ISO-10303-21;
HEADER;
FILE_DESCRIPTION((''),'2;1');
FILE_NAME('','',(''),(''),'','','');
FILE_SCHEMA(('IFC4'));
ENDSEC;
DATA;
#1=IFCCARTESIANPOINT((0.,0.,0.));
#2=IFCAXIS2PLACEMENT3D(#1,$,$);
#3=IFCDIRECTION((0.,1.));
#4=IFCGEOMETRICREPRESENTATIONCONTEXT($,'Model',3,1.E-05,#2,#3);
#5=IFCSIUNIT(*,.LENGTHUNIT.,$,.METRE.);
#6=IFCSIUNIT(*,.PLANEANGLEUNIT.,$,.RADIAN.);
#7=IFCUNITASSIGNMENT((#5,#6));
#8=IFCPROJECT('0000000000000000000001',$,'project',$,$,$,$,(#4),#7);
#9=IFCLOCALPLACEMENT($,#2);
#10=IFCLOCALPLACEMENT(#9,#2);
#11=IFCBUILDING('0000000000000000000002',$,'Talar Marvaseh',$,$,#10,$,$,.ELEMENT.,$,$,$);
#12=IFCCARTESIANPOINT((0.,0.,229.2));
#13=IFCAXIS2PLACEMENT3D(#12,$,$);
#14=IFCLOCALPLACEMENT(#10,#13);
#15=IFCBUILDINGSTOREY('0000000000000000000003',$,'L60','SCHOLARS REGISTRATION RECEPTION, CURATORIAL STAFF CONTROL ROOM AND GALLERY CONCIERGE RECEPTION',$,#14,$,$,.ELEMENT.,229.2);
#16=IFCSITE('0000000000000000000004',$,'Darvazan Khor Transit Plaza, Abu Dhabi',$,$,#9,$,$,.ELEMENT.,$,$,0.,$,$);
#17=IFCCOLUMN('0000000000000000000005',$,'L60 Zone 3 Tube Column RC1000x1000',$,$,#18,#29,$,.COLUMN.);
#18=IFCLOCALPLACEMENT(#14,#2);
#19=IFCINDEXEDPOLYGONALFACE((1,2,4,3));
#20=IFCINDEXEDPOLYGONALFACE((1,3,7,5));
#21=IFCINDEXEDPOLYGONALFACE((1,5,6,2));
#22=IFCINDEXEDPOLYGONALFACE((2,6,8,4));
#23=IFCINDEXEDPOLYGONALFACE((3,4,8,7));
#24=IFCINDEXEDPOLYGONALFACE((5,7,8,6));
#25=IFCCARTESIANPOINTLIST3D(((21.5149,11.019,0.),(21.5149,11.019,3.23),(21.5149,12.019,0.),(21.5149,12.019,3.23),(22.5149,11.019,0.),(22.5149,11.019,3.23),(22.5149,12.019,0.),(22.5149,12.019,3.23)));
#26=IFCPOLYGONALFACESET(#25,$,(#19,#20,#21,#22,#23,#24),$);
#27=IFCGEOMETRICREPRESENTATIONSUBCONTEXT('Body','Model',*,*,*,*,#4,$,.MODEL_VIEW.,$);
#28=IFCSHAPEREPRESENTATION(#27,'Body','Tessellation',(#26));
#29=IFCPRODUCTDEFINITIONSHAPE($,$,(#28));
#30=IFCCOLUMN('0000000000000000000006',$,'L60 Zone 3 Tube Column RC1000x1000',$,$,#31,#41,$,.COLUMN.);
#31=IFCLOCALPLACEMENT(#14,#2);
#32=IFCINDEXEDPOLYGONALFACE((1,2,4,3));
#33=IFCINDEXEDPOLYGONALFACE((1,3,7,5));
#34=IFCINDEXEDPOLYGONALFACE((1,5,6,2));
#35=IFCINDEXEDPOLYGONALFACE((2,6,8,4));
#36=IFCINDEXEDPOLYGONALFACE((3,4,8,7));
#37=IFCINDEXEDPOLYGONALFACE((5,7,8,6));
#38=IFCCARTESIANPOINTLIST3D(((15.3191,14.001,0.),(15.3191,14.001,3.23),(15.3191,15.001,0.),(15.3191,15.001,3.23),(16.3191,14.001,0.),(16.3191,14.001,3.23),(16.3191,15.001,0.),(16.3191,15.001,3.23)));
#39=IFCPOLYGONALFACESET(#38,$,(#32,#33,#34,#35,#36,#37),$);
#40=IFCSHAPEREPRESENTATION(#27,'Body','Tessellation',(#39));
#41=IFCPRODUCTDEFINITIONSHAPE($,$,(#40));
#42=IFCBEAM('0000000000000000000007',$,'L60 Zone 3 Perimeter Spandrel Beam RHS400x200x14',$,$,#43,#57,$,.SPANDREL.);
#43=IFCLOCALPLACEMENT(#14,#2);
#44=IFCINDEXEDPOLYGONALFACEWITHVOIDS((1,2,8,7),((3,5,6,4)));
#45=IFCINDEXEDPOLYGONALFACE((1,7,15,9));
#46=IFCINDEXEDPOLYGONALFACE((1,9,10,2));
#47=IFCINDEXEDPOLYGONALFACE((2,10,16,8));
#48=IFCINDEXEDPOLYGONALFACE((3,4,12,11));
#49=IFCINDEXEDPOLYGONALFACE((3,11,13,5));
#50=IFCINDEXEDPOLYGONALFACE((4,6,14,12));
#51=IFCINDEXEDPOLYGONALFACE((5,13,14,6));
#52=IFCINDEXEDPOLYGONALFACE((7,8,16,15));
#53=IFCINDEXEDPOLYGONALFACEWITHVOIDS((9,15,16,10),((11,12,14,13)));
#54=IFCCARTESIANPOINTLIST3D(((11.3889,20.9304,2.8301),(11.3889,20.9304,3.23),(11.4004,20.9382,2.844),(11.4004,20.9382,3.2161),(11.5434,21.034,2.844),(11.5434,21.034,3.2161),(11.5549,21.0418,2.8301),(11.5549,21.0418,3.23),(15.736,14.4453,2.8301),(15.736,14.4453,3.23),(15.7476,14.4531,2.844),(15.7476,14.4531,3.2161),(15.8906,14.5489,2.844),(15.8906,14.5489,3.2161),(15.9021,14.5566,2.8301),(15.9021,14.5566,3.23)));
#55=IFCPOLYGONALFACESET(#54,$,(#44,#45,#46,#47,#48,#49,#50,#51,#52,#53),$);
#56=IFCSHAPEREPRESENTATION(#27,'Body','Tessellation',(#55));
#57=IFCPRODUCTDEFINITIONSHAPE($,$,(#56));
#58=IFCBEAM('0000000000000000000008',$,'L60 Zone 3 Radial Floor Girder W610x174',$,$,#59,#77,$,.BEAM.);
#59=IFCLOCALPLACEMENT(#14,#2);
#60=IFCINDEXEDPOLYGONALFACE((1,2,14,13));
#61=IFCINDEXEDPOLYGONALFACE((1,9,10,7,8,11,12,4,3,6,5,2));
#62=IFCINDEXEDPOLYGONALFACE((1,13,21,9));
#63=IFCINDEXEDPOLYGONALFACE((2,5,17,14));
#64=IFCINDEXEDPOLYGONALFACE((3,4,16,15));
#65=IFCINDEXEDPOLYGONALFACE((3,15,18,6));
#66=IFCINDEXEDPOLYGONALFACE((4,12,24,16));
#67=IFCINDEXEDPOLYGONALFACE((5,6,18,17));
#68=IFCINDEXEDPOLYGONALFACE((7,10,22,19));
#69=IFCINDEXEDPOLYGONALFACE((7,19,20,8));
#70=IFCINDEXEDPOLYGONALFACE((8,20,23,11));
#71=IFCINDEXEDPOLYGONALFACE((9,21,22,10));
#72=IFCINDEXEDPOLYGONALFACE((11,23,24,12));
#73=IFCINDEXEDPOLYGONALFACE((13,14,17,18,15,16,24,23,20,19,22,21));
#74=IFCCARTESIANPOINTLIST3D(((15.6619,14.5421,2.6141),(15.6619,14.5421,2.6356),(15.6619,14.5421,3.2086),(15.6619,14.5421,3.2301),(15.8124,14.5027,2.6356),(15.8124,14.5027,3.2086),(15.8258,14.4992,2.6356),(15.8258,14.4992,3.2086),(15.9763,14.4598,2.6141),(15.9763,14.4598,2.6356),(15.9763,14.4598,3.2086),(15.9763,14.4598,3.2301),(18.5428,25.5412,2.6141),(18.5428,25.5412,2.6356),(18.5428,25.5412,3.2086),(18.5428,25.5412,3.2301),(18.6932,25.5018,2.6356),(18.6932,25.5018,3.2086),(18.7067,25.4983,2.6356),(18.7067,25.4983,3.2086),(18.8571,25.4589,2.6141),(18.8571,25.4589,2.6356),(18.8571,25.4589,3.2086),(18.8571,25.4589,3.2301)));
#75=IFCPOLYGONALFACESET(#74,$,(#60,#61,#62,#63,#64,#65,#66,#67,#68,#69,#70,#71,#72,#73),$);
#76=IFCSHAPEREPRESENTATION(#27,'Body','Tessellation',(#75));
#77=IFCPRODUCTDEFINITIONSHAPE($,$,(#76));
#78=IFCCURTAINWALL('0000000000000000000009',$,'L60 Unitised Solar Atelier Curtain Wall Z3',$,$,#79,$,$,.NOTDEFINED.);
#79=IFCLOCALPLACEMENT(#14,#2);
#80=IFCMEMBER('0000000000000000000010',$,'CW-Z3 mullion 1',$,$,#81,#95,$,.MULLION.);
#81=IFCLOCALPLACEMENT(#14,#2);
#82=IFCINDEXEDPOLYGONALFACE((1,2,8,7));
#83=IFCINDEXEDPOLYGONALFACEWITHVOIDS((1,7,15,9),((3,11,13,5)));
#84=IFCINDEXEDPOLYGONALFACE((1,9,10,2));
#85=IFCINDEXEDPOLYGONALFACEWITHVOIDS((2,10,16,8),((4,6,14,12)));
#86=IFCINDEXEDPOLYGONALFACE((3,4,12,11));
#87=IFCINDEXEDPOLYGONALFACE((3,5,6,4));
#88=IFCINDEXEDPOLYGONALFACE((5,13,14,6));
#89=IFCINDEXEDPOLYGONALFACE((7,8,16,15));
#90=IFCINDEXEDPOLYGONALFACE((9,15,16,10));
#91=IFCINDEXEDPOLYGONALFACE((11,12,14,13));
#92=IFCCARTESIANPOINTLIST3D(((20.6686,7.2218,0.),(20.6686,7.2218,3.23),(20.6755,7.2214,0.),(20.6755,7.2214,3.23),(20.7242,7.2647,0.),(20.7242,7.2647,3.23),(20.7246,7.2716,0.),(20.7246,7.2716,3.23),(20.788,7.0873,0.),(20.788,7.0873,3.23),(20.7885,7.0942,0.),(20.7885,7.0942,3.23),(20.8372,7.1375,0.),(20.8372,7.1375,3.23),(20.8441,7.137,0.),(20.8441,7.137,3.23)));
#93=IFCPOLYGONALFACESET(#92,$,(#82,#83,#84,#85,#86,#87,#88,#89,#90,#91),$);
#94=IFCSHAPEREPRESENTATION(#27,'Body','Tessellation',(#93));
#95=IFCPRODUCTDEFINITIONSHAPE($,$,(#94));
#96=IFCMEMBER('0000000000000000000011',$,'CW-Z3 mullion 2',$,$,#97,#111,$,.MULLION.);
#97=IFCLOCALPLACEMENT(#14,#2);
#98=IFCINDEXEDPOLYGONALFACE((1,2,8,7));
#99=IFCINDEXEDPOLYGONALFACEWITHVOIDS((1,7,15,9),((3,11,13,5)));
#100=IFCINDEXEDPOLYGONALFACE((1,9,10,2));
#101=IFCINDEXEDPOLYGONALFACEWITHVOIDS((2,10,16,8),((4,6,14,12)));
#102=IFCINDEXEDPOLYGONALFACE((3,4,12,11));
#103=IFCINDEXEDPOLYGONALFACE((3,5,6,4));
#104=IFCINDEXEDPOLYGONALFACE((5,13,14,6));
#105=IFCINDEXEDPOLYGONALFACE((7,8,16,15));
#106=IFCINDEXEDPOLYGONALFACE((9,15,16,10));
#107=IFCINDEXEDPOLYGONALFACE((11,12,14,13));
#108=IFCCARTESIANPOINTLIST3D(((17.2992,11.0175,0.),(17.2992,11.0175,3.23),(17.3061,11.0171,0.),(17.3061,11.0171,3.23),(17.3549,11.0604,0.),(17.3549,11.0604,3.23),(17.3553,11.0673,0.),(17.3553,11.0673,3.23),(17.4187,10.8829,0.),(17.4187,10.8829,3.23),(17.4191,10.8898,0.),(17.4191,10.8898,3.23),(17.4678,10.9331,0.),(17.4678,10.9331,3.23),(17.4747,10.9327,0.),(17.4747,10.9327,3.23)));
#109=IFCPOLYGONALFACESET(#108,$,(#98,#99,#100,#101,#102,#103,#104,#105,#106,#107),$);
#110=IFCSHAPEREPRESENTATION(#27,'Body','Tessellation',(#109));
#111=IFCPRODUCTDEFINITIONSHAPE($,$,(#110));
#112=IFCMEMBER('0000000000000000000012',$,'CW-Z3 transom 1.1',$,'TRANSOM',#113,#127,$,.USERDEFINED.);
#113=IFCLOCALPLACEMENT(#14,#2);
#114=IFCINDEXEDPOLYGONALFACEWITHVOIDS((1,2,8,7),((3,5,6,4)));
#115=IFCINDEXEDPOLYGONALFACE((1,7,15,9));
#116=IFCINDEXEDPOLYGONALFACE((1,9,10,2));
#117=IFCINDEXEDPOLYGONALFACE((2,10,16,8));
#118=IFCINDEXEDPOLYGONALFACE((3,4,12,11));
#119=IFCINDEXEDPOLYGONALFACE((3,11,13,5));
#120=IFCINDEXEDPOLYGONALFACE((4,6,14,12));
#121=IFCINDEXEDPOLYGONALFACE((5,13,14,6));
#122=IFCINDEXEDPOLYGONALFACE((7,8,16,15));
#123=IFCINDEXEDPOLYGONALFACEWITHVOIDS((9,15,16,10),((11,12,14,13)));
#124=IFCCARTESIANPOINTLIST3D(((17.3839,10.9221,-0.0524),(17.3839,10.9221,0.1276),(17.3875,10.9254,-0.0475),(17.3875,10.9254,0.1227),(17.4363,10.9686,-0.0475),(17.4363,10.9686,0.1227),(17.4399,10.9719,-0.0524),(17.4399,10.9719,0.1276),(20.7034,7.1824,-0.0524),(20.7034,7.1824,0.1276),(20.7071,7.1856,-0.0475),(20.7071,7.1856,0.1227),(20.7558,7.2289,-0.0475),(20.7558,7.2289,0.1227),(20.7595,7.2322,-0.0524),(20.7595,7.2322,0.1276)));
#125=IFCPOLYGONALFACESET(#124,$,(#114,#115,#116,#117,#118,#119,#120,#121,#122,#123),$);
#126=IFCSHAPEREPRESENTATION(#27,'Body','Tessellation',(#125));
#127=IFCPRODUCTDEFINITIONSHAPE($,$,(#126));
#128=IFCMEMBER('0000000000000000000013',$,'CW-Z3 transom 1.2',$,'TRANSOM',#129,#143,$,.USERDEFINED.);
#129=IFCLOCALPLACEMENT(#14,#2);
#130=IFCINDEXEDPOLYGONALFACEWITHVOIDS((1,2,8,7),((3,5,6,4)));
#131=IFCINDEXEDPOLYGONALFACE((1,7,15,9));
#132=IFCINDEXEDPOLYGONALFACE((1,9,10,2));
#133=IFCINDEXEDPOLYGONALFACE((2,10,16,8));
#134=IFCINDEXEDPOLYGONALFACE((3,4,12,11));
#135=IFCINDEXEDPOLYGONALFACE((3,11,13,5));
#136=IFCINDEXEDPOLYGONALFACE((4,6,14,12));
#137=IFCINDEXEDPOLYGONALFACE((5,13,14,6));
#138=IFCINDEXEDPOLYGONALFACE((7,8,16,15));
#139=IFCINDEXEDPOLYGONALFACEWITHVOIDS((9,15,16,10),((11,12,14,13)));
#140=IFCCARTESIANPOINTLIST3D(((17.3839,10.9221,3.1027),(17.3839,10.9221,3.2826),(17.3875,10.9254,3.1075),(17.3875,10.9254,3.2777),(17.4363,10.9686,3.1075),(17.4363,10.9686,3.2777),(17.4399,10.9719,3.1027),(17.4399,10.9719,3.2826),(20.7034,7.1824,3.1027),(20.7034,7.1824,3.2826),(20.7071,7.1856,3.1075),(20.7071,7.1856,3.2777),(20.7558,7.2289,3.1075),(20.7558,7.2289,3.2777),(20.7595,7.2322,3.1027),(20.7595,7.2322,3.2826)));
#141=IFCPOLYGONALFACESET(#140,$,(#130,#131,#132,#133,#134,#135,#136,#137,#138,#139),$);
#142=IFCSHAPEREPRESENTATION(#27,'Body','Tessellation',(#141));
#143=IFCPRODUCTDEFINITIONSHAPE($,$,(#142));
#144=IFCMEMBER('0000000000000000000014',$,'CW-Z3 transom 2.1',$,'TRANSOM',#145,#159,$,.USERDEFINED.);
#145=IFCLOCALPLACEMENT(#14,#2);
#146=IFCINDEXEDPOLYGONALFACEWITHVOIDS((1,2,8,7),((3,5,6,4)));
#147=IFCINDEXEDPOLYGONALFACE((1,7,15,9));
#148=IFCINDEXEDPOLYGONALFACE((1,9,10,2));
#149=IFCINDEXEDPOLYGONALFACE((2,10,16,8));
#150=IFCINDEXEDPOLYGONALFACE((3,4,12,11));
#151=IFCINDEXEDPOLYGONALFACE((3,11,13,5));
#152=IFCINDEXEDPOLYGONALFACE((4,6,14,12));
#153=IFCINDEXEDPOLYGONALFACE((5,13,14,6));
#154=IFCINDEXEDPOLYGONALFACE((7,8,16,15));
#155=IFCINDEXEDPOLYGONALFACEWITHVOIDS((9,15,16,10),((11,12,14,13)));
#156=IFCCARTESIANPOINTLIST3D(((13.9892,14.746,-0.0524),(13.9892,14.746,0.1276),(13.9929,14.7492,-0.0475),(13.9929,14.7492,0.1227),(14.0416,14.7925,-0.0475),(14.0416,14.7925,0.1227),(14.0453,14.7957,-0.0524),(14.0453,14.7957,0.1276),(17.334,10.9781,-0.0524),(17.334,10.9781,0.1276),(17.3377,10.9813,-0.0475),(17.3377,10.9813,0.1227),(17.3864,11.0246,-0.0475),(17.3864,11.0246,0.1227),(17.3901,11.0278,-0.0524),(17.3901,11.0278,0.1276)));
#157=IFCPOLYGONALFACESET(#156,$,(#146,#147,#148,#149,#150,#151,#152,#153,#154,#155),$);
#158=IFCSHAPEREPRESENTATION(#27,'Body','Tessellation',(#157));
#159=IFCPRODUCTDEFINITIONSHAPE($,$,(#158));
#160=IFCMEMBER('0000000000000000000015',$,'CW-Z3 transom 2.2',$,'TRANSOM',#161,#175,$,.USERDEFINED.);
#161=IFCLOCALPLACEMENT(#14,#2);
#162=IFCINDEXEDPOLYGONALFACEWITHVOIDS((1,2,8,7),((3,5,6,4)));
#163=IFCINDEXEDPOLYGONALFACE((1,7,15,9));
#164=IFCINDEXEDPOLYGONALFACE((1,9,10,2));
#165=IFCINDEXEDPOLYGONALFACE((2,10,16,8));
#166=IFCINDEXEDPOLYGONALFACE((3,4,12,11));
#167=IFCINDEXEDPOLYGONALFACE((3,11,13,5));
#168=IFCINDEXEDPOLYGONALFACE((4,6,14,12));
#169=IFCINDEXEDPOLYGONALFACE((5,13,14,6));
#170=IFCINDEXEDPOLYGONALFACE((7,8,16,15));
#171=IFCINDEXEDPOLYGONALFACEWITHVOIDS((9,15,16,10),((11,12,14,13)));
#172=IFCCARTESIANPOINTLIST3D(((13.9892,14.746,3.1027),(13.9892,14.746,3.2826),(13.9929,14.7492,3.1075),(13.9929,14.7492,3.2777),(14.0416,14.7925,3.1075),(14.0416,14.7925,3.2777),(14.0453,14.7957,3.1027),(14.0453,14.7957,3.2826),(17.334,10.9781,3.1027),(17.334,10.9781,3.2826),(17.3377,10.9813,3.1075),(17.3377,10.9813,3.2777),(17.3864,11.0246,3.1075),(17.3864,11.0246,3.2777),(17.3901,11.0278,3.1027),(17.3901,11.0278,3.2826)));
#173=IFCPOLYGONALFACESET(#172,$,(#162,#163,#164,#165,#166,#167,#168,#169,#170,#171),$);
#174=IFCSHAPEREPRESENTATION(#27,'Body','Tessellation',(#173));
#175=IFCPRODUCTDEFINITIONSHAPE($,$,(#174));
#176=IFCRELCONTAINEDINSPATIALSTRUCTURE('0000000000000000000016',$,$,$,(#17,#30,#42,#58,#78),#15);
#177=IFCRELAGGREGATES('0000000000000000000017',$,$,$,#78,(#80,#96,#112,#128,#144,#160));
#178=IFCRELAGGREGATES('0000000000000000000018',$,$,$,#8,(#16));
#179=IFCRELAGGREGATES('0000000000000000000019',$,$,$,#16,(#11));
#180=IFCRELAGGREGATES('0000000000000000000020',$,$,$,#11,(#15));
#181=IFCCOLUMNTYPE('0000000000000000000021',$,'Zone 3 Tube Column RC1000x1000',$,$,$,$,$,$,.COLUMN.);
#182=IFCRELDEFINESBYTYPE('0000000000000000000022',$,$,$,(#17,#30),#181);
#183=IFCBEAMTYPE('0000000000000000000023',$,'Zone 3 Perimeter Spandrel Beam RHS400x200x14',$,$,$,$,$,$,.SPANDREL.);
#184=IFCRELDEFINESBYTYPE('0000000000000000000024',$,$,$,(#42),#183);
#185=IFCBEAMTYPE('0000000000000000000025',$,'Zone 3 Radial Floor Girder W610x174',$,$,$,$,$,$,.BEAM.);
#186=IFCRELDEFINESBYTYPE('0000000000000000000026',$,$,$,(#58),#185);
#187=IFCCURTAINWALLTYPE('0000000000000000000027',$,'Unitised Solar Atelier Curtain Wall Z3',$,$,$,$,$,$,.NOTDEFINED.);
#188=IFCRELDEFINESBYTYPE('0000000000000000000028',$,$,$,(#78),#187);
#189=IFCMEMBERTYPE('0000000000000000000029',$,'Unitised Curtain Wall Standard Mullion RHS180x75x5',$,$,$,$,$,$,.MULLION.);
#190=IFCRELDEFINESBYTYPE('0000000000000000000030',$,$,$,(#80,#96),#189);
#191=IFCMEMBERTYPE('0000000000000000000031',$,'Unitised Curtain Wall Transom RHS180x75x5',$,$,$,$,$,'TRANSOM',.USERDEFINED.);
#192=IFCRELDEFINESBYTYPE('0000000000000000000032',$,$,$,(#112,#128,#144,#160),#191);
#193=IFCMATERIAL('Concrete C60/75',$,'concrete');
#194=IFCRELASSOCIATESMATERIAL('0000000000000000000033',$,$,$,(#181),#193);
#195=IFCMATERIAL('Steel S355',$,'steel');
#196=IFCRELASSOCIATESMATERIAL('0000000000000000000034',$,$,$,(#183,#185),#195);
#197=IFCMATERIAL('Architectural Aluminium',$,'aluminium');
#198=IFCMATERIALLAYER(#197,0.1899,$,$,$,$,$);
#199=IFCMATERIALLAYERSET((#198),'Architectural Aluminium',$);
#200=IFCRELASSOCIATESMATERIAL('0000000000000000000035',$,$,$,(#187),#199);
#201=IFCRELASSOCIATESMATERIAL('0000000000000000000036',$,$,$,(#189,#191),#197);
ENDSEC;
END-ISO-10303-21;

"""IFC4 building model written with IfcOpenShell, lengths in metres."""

from ifc_helpers import new_model, si_unit, direction, frame, origin, origin_2d, place, context, subcontext, project, spatial, rectangle, hollow_rectangle, i_section, extrude, source, transform, mapped, material, layer, layer_set, material_profile, profile_set, type_object, type_shapes, element, aggregate, save


model = new_model("IFC4")

# Units and contexts
model_context = context("Model", 3, precision=1e-05, world=origin(), true_north=direction((0.0, 1.0)))
body_context = subcontext(model_context, "Body", "Model", "MODEL_VIEW")
ifc_project = project(units=[si_unit("LENGTHUNIT", "METRE"), si_unit("PLANEANGLEUNIT", "RADIAN")], contexts=[model_context])

# Site, building, storey
site_placement = place(None, origin())
site = spatial("IfcSite", under=ifc_project, at=site_placement, Name="Darvazan Khor Transit Plaza, Abu Dhabi", CompositionType="ELEMENT", RefElevation=0.0)
building_placement = place(site_placement, origin())
building = spatial("IfcBuilding", under=site, at=building_placement, Name="Talar Marvaseh", CompositionType="ELEMENT")
storey_placement = place(building_placement, frame((0.0, 0.0, 229.2)))
storey = spatial("IfcBuildingStorey", under=building, at=storey_placement, Name="L60", Description="SCHOLARS REGISTRATION RECEPTION, CURATORIAL STAFF CONTROL ROOM AND GALLERY CONCIERGE RECEPTION", CompositionType="ELEMENT", Elevation=229.2)

# Columns
ifc_material_1 = material(Name="Concrete C60/75", Category="concrete")
ifc_material_profile_1 = material_profile(ifc_material_1, rectangle(XDim=1.0, YDim=1.0, at=origin_2d()), Name="RC1000x1000")
ifc_profile_set_1 = profile_set([ifc_material_profile_1], Name="Concrete C60/75")
column_type = type_object("IfcColumnType", Name="Zone 3 Tube Column RC1000x1000", PredefinedType="COLUMN", material=ifc_profile_set_1)
for number, where, z_axis, x_axis, name in (
    (1, (22.0149, 11.519, 0.0), (0.0, 0.0, 1.0), (1.0, 0.0, 0.0), "L60 Zone 3 Tube Column RC1000x1000"),
    (2, (15.8191, 14.501, 0.0), (0.0, 0.0, 1.0), (1.0, 0.0, 0.0), "L60 Zone 3 Tube Column RC1000x1000"),
):
    element("IfcColumn", number, at=place(storey_placement, frame(where, z_axis=z_axis, x_axis=x_axis)), inside=storey, type_object=column_type, Name=name, PredefinedType="COLUMN", context=body_context, shape_type="SweptSolid", body=[
        extrude(rectangle(XDim=1.0, YDim=1.0, at=origin_2d()), origin(), (0.0, 0.0, 1.0), 3.23),
    ])

# Beams
ifc_material_2 = material(Name="Steel S355", Category="steel")
ifc_material_profile_2 = material_profile(ifc_material_2, hollow_rectangle(XDim=0.2, YDim=0.3999, WallThickness=0.0139, at=origin_2d()), Name="RHS400x200x14")
ifc_profile_set_2 = profile_set([ifc_material_profile_2], Name="Steel S355")
beam_type_1 = type_object("IfcBeamType", Name="Zone 3 Perimeter Spandrel Beam RHS400x200x14", PredefinedType="SPANDREL", material=ifc_profile_set_2)
beam_1_placement = place(storey_placement, frame((15.8191, 14.501, 3.03), z_axis=(-0.556806, 0.830643, 0.0), x_axis=(-0.830643, -0.556806, 0.0)))
element("IfcBeam", 3, at=beam_1_placement, inside=storey, type_object=beam_type_1, Name="L60 Zone 3 Perimeter Spandrel Beam RHS400x200x14", PredefinedType="SPANDREL", context=body_context, shape_type="SweptSolid", body=[
    extrude(hollow_rectangle(XDim=0.2, YDim=0.3999, WallThickness=0.0139, at=origin_2d()), origin(), (0.0, 0.0, 1.0), 7.8074),
])
ifc_material_profile_3 = material_profile(ifc_material_2, i_section(OverallWidth=0.325, OverallDepth=0.616, WebThickness=0.0139, FlangeThickness=0.0215, at=origin_2d()), Name="W610x174")
ifc_profile_set_3 = profile_set([ifc_material_profile_3], Name="Steel S355")
beam_type_2 = type_object("IfcBeamType", Name="Zone 3 Radial Floor Girder W610x174", PredefinedType="BEAM", material=ifc_profile_set_3)
beam_2_placement = place(storey_placement, frame((15.8191, 14.501, 2.9221), z_axis=(0.253373, 0.967369, 0.0), x_axis=(-0.967369, 0.253373, 0.0)))
element("IfcBeam", 4, at=beam_2_placement, inside=storey, type_object=beam_type_2, Name="L60 Zone 3 Radial Floor Girder W610x174", PredefinedType="BEAM", context=body_context, shape_type="SweptSolid", body=[
    extrude(i_section(OverallWidth=0.325, OverallDepth=0.616, WebThickness=0.0139, FlangeThickness=0.0215, at=origin_2d()), origin(), (0.0, 0.0, 1.0), 11.3701),
])

# Curtain wall, members
ifc_material_3 = material(Name="Architectural Aluminium", Category="aluminium")
ifc_layer_1 = layer(ifc_material_3, 0.1899)
ifc_layer_set_1 = layer_set([ifc_layer_1], Name="Architectural Aluminium")
curtain_wall_type = type_object("IfcCurtainWallType", Name="Unitised Solar Atelier Curtain Wall Z3", PredefinedType="NOTDEFINED", material=ifc_layer_set_1)
curtain_wall_placement = place(storey_placement, origin())
curtain_wall = element("IfcCurtainWall", 5, at=curtain_wall_placement, inside=storey, type_object=curtain_wall_type, Name="L60 Unitised Solar Atelier Curtain Wall Z3", PredefinedType="NOTDEFINED")
ifc_material_profile_4 = material_profile(ifc_material_3, hollow_rectangle(XDim=0.075, YDim=0.1799, WallThickness=0.0049, at=origin_2d()), Name="RHS180x75x5")
ifc_profile_set_4 = profile_set([ifc_material_profile_4], Name="Architectural Aluminium")
member_type_1 = type_object("IfcMemberType", Name="Unitised Curtain Wall Standard Mullion RHS180x75x5", PredefinedType="MULLION", material=ifc_profile_set_4)
shared_shape_1 = source(origin(), body_context, "Body", "SweptSolid", [
    extrude(hollow_rectangle(XDim=0.075, YDim=0.1799, WallThickness=0.0049, at=origin_2d()), origin(), (0.0, 0.0, 1.0), 3.23),
])
type_shapes(member_type_1, [shared_shape_1])
member_1_placement = place(storey_placement, frame((20.7563, 7.1794, 0.0), z_axis=(0.0, 0.0, 1.0), x_axis=(-0.747838, -0.663882, 0.0)))
member_1 = element("IfcMember", 6, at=member_1_placement, type_object=member_type_1, Name="CW-Z3 mullion 1", PredefinedType="MULLION", context=body_context, shape_type="MappedRepresentation", body=[
    mapped(shared_shape_1, transform((0.0, 0.0, 0.0), x_axis=(1.0, 0.0, 0.0), y_axis=(0.0, 1.0, 0.0), z_axis=(0.0, 0.0, 1.0), scale=1.0)),
])
member_2_placement = place(storey_placement, frame((17.387, 10.9751, 0.0), z_axis=(0.0, 0.0, 1.0), x_axis=(-0.747838, -0.663882, 0.0)))
member_2 = element("IfcMember", 7, at=member_2_placement, type_object=member_type_1, Name="CW-Z3 mullion 2", PredefinedType="MULLION", context=body_context, shape_type="MappedRepresentation", body=[
    mapped(shared_shape_1, transform((0.0, 0.0, 0.0), x_axis=(1.0, 0.0, 0.0), y_axis=(0.0, 1.0, 0.0), z_axis=(0.0, 0.0, 1.0), scale=1.0)),
])
ifc_material_profile_5 = material_profile(ifc_material_3, hollow_rectangle(XDim=0.075, YDim=0.1799, WallThickness=0.0049, at=origin_2d()), Name="RHS180x75x5")
ifc_profile_set_5 = profile_set([ifc_material_profile_5], Name="Architectural Aluminium")
member_type_2 = type_object("IfcMemberType", Name="Unitised Curtain Wall Transom RHS180x75x5", ElementType="TRANSOM", PredefinedType="USERDEFINED", material=ifc_profile_set_5)
shared_shape_2 = source(origin(), body_context, "Body", "SweptSolid", [
    extrude(hollow_rectangle(XDim=0.075, YDim=0.1799, WallThickness=0.0049, at=origin_2d()), origin(), (0.0, 0.0, 1.0), 5.0005),
])
member_3_placement = place(storey_placement, frame((20.7314, 7.2073, 0.0376), z_axis=(-0.663845, 0.74787, 0.0), x_axis=(-0.74787, -0.663845, 0.0)))
member_3 = element("IfcMember", 8, at=member_3_placement, type_object=member_type_2, Name="CW-Z3 transom 1.1", ObjectType="TRANSOM", PredefinedType="USERDEFINED", context=body_context, shape_type="MappedRepresentation", body=[
    mapped(shared_shape_2, transform((0.0, 0.0, 0.0), x_axis=(1.0, 0.0, 0.0), y_axis=(0.0, 1.0, 0.0), z_axis=(0.0, 0.0, 1.0), scale=1.0)),
])
member_4_placement = place(storey_placement, frame((20.7314, 7.2073, 3.1926), z_axis=(-0.663845, 0.74787, 0.0), x_axis=(-0.74787, -0.663845, 0.0)))
member_4 = element("IfcMember", 9, at=member_4_placement, type_object=member_type_2, Name="CW-Z3 transom 1.2", ObjectType="TRANSOM", PredefinedType="USERDEFINED", context=body_context, shape_type="MappedRepresentation", body=[
    mapped(shared_shape_2, transform((0.0, 0.0, 0.0), x_axis=(1.0, 0.0, 0.0), y_axis=(0.0, 1.0, 0.0), z_axis=(0.0, 0.0, 1.0), scale=1.0)),
])
shared_shape_3 = source(origin(), body_context, "Body", "SweptSolid", [
    extrude(hollow_rectangle(XDim=0.075, YDim=0.1799, WallThickness=0.0049, at=origin_2d()), origin(), (0.0, 0.0, 1.0), 5.0383),
])
type_shapes(member_type_2, [shared_shape_2, shared_shape_3])
member_5_placement = place(storey_placement, frame((17.3621, 11.0029, 0.0376), z_axis=(-0.66387, 0.747848, 0.0), x_axis=(-0.747848, -0.66387, 0.0)))
member_5 = element("IfcMember", 10, at=member_5_placement, type_object=member_type_2, Name="CW-Z3 transom 2.1", ObjectType="TRANSOM", PredefinedType="USERDEFINED", context=body_context, shape_type="MappedRepresentation", body=[
    mapped(shared_shape_3, transform((0.0, 0.0, 0.0), x_axis=(1.0, 0.0, 0.0), y_axis=(0.0, 1.0, 0.0), z_axis=(0.0, 0.0, 1.0), scale=1.0)),
])
member_6_placement = place(storey_placement, frame((17.3621, 11.0029, 3.1926), z_axis=(-0.66387, 0.747848, 0.0), x_axis=(-0.747848, -0.66387, 0.0)))
member_6 = element("IfcMember", 11, at=member_6_placement, type_object=member_type_2, Name="CW-Z3 transom 2.2", ObjectType="TRANSOM", PredefinedType="USERDEFINED", context=body_context, shape_type="MappedRepresentation", body=[
    mapped(shared_shape_3, transform((0.0, 0.0, 0.0), x_axis=(1.0, 0.0, 0.0), y_axis=(0.0, 1.0, 0.0), z_axis=(0.0, 0.0, 1.0), scale=1.0)),
])
aggregate(curtain_wall, [member_1, member_2, member_3, member_4, member_5, member_6])

save(model, "model.ifc")
